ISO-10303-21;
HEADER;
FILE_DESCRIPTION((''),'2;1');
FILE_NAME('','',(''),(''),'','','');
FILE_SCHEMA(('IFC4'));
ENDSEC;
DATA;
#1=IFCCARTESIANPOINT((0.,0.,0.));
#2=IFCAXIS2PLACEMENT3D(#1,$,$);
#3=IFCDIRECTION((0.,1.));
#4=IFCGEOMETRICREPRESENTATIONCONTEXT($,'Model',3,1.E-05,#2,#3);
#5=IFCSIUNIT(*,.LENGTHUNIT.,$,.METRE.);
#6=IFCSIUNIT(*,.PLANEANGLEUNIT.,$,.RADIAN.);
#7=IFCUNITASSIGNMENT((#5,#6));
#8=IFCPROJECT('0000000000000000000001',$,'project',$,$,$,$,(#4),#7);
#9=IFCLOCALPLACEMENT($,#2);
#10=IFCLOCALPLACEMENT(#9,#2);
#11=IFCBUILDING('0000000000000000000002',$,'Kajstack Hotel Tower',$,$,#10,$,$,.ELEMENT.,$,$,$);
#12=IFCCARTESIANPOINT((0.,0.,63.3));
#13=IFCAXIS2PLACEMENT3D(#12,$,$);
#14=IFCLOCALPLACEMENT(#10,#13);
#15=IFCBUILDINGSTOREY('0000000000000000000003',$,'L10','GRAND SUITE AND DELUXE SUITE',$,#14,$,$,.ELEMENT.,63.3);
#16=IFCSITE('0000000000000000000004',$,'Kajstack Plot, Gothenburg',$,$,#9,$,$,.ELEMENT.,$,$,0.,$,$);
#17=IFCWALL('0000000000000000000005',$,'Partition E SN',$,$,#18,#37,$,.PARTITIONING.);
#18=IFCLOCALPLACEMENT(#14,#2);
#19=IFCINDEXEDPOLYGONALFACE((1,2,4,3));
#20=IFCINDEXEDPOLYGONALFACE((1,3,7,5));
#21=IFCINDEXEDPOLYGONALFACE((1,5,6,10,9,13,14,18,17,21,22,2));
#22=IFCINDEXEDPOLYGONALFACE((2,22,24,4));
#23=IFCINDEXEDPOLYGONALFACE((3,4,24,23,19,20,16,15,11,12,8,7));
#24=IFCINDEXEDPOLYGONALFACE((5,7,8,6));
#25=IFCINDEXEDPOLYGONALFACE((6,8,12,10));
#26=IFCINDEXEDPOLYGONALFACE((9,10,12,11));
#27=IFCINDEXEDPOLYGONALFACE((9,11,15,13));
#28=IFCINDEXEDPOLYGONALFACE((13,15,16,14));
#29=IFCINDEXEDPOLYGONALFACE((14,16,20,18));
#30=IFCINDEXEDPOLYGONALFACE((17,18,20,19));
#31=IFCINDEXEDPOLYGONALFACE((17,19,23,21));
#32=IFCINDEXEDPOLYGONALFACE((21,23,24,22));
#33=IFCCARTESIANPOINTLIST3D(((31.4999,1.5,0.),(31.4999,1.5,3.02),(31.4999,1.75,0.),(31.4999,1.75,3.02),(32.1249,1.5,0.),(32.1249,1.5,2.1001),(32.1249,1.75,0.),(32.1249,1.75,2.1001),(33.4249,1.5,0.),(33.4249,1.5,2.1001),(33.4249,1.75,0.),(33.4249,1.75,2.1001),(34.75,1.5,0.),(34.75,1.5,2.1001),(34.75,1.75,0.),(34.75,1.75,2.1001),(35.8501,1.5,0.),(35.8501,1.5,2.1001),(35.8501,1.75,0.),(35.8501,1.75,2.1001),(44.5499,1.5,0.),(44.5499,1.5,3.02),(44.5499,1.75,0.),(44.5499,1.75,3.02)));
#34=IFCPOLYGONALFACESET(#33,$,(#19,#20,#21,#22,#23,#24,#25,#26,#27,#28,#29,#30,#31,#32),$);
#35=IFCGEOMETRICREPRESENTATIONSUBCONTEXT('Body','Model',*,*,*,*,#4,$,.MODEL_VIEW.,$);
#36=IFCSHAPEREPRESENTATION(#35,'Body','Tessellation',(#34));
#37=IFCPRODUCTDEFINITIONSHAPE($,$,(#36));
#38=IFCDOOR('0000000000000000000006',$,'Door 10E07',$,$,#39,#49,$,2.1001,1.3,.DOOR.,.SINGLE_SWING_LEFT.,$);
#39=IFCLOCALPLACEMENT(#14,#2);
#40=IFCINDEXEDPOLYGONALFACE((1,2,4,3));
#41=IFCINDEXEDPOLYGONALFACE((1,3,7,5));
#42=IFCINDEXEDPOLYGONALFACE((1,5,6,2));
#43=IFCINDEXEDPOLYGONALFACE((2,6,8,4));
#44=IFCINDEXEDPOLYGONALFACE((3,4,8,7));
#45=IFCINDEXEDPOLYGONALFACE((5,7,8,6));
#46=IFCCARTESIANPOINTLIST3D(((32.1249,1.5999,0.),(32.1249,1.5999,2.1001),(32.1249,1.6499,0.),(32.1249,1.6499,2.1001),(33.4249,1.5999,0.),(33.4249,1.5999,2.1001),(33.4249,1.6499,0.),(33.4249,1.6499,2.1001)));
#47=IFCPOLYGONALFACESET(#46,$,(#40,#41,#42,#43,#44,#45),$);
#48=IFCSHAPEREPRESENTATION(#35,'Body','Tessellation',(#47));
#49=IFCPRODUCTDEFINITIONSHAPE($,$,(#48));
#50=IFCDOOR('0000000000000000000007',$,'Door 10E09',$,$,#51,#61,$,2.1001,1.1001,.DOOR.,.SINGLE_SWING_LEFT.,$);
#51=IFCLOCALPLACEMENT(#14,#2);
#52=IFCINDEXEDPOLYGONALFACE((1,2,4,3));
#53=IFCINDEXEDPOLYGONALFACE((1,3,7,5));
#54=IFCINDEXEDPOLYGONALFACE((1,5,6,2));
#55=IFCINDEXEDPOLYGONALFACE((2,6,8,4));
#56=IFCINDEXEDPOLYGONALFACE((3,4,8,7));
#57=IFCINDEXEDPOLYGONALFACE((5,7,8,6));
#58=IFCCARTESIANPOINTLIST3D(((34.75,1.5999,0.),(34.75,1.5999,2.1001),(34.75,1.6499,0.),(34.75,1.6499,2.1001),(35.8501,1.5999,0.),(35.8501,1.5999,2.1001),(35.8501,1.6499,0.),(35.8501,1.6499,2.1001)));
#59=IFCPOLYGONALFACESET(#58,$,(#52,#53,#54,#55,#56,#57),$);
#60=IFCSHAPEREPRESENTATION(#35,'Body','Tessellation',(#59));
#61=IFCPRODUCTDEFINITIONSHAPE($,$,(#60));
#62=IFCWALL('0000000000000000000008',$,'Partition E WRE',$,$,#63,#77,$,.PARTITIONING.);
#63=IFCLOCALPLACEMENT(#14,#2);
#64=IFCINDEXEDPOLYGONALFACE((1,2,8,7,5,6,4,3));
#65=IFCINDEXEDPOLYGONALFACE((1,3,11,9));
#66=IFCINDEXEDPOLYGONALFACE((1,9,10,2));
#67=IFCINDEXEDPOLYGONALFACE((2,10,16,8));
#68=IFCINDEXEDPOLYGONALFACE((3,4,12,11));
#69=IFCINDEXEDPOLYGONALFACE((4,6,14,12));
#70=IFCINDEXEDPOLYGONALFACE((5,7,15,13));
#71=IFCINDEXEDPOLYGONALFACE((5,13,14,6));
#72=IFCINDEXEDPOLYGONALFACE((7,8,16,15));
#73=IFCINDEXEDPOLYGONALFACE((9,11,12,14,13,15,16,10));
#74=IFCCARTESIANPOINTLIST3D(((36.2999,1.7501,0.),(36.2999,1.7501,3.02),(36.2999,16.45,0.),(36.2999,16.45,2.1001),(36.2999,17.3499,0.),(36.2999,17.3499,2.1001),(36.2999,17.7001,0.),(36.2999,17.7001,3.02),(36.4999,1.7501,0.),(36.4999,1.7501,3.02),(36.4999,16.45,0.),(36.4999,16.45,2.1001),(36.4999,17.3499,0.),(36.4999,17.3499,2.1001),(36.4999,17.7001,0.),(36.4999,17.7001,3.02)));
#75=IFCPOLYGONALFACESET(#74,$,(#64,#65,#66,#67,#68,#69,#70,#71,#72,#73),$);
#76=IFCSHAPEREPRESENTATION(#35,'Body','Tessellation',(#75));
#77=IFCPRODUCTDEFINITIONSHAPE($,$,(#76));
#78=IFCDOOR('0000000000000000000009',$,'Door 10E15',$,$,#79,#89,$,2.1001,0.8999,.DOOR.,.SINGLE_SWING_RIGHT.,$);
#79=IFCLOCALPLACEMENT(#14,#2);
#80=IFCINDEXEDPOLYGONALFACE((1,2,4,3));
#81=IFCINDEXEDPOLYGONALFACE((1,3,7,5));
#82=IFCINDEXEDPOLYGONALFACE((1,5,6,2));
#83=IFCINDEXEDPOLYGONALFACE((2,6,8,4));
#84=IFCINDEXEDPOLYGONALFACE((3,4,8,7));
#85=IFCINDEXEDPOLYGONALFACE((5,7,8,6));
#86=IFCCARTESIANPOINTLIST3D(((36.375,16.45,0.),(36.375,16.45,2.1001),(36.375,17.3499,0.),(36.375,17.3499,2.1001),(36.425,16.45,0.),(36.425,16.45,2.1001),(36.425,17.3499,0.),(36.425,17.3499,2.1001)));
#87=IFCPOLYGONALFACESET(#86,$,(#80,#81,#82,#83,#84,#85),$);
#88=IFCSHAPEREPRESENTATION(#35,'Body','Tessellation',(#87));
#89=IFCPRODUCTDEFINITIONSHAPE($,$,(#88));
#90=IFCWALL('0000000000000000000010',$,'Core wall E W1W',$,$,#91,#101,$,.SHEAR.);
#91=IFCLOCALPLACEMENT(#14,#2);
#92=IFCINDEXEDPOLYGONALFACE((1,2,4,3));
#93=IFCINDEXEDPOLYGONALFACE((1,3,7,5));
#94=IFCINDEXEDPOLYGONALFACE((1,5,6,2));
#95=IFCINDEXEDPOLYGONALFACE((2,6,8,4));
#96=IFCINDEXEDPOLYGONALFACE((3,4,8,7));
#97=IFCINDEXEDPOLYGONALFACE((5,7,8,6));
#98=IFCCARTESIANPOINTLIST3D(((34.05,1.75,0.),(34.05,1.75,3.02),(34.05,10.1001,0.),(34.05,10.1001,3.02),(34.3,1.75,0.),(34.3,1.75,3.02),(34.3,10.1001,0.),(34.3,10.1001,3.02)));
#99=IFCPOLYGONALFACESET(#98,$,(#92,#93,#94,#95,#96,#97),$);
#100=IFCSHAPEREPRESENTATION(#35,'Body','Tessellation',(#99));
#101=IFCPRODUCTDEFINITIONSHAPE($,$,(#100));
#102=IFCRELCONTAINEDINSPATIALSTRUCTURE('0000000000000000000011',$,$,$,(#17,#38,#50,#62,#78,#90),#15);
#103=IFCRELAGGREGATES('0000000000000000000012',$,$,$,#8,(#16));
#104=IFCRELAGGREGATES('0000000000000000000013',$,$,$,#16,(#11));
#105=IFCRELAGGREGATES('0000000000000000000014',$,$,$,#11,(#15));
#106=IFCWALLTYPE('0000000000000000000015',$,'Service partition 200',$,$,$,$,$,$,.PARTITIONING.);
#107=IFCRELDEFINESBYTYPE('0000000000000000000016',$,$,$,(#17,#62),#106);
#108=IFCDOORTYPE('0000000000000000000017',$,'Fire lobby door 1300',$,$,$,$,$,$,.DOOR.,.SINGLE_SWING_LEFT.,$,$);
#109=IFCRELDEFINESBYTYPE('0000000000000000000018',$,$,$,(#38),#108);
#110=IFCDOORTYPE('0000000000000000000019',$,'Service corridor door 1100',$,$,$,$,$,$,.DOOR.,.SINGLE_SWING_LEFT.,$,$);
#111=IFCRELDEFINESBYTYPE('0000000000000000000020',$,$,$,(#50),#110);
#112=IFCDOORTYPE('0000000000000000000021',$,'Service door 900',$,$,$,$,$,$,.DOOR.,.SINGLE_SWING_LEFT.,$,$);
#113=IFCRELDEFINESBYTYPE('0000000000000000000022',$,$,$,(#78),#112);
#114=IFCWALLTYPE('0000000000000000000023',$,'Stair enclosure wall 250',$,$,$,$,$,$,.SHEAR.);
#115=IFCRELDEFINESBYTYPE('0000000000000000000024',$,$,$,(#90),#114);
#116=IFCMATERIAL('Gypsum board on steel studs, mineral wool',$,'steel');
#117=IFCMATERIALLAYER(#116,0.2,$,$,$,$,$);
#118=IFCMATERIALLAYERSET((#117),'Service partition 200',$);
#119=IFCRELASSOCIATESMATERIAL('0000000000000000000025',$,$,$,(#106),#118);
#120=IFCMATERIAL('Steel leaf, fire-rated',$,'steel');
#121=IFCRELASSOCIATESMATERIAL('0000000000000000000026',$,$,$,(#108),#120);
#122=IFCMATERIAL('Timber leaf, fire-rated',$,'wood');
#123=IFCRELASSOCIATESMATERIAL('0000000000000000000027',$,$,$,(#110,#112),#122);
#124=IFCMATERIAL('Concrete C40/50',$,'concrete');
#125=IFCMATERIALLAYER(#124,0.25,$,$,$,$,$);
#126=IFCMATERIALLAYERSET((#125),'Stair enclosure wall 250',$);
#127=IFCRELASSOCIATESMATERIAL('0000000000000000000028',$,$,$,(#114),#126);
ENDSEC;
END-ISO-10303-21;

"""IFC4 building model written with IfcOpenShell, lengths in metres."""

from ifc_helpers import new_model, si_unit, direction, frame, frame_2d, origin, place, context, subcontext, project, spatial, rectangle, extrude, material, layer, layer_set, type_object, element, fill, save


model = new_model("IFC4")

# Units and contexts
model_context = context("Model", 3, precision=1e-05, world=origin(), true_north=direction((0.0, 1.0)))
body_context = subcontext(model_context, "Body", "Model", "MODEL_VIEW")
ifc_project = project(units=[si_unit("LENGTHUNIT", "METRE"), si_unit("PLANEANGLEUNIT", "RADIAN")], contexts=[model_context])

# Site, building, storey
site_placement = place(None, origin())
site = spatial("IfcSite", under=ifc_project, at=site_placement, Name="Kajstack Plot, Gothenburg", CompositionType="ELEMENT", RefElevation=0.0)
building_placement = place(site_placement, origin())
building = spatial("IfcBuilding", under=site, at=building_placement, Name="Kajstack Hotel Tower", CompositionType="ELEMENT")
storey_placement = place(building_placement, frame((0.0, 0.0, 63.3)))
storey = spatial("IfcBuildingStorey", under=building, at=storey_placement, Name="L10", Description="GRAND SUITE AND DELUXE SUITE", CompositionType="ELEMENT", Elevation=63.3)

# Wall, openings, doors
ifc_material_1 = material(Name="Gypsum board on steel studs, mineral wool", Category="steel")
ifc_layer_1 = layer(ifc_material_1, 0.2)
ifc_layer_set_1 = layer_set([ifc_layer_1], Name="Service partition 200")
wall_type_1 = type_object("IfcWallType", Name="Service partition 200", PredefinedType="PARTITIONING", material=ifc_layer_set_1)
wall_1_placement = place(storey_placement, frame((31.5, 1.625, 0.0), z_axis=(0.0, 0.0, 1.0), x_axis=(1.0, 0.0, 0.0)))
wall_1 = element("IfcWall", 1, at=wall_1_placement, inside=storey, type_object=wall_type_1, Name="Partition E SN", PredefinedType="PARTITIONING", context=body_context, shape_type="SweptSolid", body=[
    extrude(rectangle(XDim=13.05, YDim=0.25, at=frame_2d((6.5249, 0.0))), origin(), (0.0, 0.0, 1.0), 3.02),
])
opening_1_placement = place(wall_1_placement, frame((0.625, 0.0, 0.0)))
opening_1 = element("IfcOpeningElement", 2, at=opening_1_placement, cuts=wall_1, PredefinedType="OPENING", context=body_context, shape_type="SweptSolid", body=[
    extrude(rectangle(XDim=1.3, YDim=2.1001, at=frame_2d((0.6499, 1.05))), frame((0.0, 0.135, 0.0), z_axis=(0.0, -1.0, 0.0), x_axis=(1.0, 0.0, 0.0)), (0.0, 0.0, 1.0), 0.27),
])
opening_2_placement = place(wall_1_placement, frame((3.25, 0.0, 0.0)))
opening_2 = element("IfcOpeningElement", 3, at=opening_2_placement, cuts=wall_1, PredefinedType="OPENING", context=body_context, shape_type="SweptSolid", body=[
    extrude(rectangle(XDim=1.1001, YDim=2.1001, at=frame_2d((0.55, 1.05))), frame((0.0, 0.135, 0.0), z_axis=(0.0, -1.0, 0.0), x_axis=(1.0, 0.0, 0.0)), (0.0, 0.0, 1.0), 0.27),
])
ifc_material_2 = material(Name="Steel leaf, fire-rated", Category="steel")
door_type_1 = type_object("IfcDoorType", Name="Fire lobby door 1300", OperationType="SINGLE_SWING_LEFT", PredefinedType="DOOR", material=ifc_material_2)
door_1_placement = place(opening_1_placement, origin())
door_1 = element("IfcDoor", 4, at=door_1_placement, inside=storey, type_object=door_type_1, Name="Door 10E07", OperationType="SINGLE_SWING_LEFT", OverallHeight=2.1001, OverallWidth=1.3, PredefinedType="DOOR", context=body_context, shape_type="SweptSolid", body=[
    extrude(rectangle(XDim=1.3, YDim=2.1001, at=frame_2d((0.6499, 1.05))), frame((0.0, 0.0249, 0.0), z_axis=(0.0, -1.0, 0.0), x_axis=(1.0, 0.0, 0.0)), (0.0, 0.0, 1.0), 0.05),
])
fill(opening_1, door_1)
ifc_material_3 = material(Name="Timber leaf, fire-rated", Category="wood")
door_type_2 = type_object("IfcDoorType", Name="Service corridor door 1100", OperationType="SINGLE_SWING_LEFT", PredefinedType="DOOR", material=ifc_material_3)
door_2_placement = place(opening_2_placement, origin())
door_2 = element("IfcDoor", 5, at=door_2_placement, inside=storey, type_object=door_type_2, Name="Door 10E09", OperationType="SINGLE_SWING_LEFT", OverallHeight=2.1001, OverallWidth=1.1001, PredefinedType="DOOR", context=body_context, shape_type="SweptSolid", body=[
    extrude(rectangle(XDim=1.1001, YDim=2.1001, at=frame_2d((0.55, 1.05))), frame((0.0, 0.0249, 0.0), z_axis=(0.0, -1.0, 0.0), x_axis=(1.0, 0.0, 0.0)), (0.0, 0.0, 1.0), 0.05),
])
fill(opening_2, door_2)

# Wall, opening, door
wall_2_placement = place(storey_placement, frame((36.3999, 1.75, 0.0), z_axis=(0.0, 0.0, 1.0), x_axis=(0.0, 1.0, 0.0)))
wall_2 = element("IfcWall", 6, at=wall_2_placement, inside=storey, type_object=wall_type_1, Name="Partition E WRE", PredefinedType="PARTITIONING", context=body_context, shape_type="SweptSolid", body=[
    extrude(rectangle(XDim=15.95, YDim=0.2, at=frame_2d((7.9751, 0.0))), origin(), (0.0, 0.0, 1.0), 3.02),
])
opening_3_placement = place(wall_2_placement, frame((14.7, 0.0, 0.0)))
opening_3 = element("IfcOpeningElement", 7, at=opening_3_placement, cuts=wall_2, PredefinedType="OPENING", context=body_context, shape_type="SweptSolid", body=[
    extrude(rectangle(XDim=0.8999, YDim=2.1001, at=frame_2d((0.45, 1.05))), frame((0.0, 0.1099, 0.0), z_axis=(0.0, -1.0, 0.0), x_axis=(1.0, 0.0, 0.0)), (0.0, 0.0, 1.0), 0.22),
])
door_type_3 = type_object("IfcDoorType", Name="Service door 900", OperationType="SINGLE_SWING_LEFT", PredefinedType="DOOR", material=ifc_material_3)
door_3_placement = place(opening_3_placement, origin())
door_3 = element("IfcDoor", 8, at=door_3_placement, inside=storey, type_object=door_type_3, Name="Door 10E15", OperationType="SINGLE_SWING_RIGHT", OverallHeight=2.1001, OverallWidth=0.8999, PredefinedType="DOOR", context=body_context, shape_type="SweptSolid", body=[
    extrude(rectangle(XDim=0.8999, YDim=2.1001, at=frame_2d((0.45, 1.05))), frame((0.0, 0.0249, 0.0), z_axis=(0.0, -1.0, 0.0), x_axis=(1.0, 0.0, 0.0)), (0.0, 0.0, 1.0), 0.05),
])
fill(opening_3, door_3)

# Wall
ifc_material_4 = material(Name="Concrete C40/50", Category="concrete")
ifc_layer_2 = layer(ifc_material_4, 0.25)
ifc_layer_set_2 = layer_set([ifc_layer_2], Name="Stair enclosure wall 250")
wall_type_2 = type_object("IfcWallType", Name="Stair enclosure wall 250", PredefinedType="SHEAR", material=ifc_layer_set_2)
wall_3_placement = place(storey_placement, frame((34.175, 1.75, 0.0), z_axis=(0.0, 0.0, 1.0), x_axis=(0.0, 1.0, 0.0)))
element("IfcWall", 9, at=wall_3_placement, inside=storey, type_object=wall_type_2, Name="Core wall E W1W", PredefinedType="SHEAR", context=body_context, shape_type="SweptSolid", body=[
    extrude(rectangle(XDim=8.3501, YDim=0.25, at=frame_2d((4.175, 0.0))), origin(), (0.0, 0.0, 1.0), 3.02),
])

save(model, "model.ifc")
